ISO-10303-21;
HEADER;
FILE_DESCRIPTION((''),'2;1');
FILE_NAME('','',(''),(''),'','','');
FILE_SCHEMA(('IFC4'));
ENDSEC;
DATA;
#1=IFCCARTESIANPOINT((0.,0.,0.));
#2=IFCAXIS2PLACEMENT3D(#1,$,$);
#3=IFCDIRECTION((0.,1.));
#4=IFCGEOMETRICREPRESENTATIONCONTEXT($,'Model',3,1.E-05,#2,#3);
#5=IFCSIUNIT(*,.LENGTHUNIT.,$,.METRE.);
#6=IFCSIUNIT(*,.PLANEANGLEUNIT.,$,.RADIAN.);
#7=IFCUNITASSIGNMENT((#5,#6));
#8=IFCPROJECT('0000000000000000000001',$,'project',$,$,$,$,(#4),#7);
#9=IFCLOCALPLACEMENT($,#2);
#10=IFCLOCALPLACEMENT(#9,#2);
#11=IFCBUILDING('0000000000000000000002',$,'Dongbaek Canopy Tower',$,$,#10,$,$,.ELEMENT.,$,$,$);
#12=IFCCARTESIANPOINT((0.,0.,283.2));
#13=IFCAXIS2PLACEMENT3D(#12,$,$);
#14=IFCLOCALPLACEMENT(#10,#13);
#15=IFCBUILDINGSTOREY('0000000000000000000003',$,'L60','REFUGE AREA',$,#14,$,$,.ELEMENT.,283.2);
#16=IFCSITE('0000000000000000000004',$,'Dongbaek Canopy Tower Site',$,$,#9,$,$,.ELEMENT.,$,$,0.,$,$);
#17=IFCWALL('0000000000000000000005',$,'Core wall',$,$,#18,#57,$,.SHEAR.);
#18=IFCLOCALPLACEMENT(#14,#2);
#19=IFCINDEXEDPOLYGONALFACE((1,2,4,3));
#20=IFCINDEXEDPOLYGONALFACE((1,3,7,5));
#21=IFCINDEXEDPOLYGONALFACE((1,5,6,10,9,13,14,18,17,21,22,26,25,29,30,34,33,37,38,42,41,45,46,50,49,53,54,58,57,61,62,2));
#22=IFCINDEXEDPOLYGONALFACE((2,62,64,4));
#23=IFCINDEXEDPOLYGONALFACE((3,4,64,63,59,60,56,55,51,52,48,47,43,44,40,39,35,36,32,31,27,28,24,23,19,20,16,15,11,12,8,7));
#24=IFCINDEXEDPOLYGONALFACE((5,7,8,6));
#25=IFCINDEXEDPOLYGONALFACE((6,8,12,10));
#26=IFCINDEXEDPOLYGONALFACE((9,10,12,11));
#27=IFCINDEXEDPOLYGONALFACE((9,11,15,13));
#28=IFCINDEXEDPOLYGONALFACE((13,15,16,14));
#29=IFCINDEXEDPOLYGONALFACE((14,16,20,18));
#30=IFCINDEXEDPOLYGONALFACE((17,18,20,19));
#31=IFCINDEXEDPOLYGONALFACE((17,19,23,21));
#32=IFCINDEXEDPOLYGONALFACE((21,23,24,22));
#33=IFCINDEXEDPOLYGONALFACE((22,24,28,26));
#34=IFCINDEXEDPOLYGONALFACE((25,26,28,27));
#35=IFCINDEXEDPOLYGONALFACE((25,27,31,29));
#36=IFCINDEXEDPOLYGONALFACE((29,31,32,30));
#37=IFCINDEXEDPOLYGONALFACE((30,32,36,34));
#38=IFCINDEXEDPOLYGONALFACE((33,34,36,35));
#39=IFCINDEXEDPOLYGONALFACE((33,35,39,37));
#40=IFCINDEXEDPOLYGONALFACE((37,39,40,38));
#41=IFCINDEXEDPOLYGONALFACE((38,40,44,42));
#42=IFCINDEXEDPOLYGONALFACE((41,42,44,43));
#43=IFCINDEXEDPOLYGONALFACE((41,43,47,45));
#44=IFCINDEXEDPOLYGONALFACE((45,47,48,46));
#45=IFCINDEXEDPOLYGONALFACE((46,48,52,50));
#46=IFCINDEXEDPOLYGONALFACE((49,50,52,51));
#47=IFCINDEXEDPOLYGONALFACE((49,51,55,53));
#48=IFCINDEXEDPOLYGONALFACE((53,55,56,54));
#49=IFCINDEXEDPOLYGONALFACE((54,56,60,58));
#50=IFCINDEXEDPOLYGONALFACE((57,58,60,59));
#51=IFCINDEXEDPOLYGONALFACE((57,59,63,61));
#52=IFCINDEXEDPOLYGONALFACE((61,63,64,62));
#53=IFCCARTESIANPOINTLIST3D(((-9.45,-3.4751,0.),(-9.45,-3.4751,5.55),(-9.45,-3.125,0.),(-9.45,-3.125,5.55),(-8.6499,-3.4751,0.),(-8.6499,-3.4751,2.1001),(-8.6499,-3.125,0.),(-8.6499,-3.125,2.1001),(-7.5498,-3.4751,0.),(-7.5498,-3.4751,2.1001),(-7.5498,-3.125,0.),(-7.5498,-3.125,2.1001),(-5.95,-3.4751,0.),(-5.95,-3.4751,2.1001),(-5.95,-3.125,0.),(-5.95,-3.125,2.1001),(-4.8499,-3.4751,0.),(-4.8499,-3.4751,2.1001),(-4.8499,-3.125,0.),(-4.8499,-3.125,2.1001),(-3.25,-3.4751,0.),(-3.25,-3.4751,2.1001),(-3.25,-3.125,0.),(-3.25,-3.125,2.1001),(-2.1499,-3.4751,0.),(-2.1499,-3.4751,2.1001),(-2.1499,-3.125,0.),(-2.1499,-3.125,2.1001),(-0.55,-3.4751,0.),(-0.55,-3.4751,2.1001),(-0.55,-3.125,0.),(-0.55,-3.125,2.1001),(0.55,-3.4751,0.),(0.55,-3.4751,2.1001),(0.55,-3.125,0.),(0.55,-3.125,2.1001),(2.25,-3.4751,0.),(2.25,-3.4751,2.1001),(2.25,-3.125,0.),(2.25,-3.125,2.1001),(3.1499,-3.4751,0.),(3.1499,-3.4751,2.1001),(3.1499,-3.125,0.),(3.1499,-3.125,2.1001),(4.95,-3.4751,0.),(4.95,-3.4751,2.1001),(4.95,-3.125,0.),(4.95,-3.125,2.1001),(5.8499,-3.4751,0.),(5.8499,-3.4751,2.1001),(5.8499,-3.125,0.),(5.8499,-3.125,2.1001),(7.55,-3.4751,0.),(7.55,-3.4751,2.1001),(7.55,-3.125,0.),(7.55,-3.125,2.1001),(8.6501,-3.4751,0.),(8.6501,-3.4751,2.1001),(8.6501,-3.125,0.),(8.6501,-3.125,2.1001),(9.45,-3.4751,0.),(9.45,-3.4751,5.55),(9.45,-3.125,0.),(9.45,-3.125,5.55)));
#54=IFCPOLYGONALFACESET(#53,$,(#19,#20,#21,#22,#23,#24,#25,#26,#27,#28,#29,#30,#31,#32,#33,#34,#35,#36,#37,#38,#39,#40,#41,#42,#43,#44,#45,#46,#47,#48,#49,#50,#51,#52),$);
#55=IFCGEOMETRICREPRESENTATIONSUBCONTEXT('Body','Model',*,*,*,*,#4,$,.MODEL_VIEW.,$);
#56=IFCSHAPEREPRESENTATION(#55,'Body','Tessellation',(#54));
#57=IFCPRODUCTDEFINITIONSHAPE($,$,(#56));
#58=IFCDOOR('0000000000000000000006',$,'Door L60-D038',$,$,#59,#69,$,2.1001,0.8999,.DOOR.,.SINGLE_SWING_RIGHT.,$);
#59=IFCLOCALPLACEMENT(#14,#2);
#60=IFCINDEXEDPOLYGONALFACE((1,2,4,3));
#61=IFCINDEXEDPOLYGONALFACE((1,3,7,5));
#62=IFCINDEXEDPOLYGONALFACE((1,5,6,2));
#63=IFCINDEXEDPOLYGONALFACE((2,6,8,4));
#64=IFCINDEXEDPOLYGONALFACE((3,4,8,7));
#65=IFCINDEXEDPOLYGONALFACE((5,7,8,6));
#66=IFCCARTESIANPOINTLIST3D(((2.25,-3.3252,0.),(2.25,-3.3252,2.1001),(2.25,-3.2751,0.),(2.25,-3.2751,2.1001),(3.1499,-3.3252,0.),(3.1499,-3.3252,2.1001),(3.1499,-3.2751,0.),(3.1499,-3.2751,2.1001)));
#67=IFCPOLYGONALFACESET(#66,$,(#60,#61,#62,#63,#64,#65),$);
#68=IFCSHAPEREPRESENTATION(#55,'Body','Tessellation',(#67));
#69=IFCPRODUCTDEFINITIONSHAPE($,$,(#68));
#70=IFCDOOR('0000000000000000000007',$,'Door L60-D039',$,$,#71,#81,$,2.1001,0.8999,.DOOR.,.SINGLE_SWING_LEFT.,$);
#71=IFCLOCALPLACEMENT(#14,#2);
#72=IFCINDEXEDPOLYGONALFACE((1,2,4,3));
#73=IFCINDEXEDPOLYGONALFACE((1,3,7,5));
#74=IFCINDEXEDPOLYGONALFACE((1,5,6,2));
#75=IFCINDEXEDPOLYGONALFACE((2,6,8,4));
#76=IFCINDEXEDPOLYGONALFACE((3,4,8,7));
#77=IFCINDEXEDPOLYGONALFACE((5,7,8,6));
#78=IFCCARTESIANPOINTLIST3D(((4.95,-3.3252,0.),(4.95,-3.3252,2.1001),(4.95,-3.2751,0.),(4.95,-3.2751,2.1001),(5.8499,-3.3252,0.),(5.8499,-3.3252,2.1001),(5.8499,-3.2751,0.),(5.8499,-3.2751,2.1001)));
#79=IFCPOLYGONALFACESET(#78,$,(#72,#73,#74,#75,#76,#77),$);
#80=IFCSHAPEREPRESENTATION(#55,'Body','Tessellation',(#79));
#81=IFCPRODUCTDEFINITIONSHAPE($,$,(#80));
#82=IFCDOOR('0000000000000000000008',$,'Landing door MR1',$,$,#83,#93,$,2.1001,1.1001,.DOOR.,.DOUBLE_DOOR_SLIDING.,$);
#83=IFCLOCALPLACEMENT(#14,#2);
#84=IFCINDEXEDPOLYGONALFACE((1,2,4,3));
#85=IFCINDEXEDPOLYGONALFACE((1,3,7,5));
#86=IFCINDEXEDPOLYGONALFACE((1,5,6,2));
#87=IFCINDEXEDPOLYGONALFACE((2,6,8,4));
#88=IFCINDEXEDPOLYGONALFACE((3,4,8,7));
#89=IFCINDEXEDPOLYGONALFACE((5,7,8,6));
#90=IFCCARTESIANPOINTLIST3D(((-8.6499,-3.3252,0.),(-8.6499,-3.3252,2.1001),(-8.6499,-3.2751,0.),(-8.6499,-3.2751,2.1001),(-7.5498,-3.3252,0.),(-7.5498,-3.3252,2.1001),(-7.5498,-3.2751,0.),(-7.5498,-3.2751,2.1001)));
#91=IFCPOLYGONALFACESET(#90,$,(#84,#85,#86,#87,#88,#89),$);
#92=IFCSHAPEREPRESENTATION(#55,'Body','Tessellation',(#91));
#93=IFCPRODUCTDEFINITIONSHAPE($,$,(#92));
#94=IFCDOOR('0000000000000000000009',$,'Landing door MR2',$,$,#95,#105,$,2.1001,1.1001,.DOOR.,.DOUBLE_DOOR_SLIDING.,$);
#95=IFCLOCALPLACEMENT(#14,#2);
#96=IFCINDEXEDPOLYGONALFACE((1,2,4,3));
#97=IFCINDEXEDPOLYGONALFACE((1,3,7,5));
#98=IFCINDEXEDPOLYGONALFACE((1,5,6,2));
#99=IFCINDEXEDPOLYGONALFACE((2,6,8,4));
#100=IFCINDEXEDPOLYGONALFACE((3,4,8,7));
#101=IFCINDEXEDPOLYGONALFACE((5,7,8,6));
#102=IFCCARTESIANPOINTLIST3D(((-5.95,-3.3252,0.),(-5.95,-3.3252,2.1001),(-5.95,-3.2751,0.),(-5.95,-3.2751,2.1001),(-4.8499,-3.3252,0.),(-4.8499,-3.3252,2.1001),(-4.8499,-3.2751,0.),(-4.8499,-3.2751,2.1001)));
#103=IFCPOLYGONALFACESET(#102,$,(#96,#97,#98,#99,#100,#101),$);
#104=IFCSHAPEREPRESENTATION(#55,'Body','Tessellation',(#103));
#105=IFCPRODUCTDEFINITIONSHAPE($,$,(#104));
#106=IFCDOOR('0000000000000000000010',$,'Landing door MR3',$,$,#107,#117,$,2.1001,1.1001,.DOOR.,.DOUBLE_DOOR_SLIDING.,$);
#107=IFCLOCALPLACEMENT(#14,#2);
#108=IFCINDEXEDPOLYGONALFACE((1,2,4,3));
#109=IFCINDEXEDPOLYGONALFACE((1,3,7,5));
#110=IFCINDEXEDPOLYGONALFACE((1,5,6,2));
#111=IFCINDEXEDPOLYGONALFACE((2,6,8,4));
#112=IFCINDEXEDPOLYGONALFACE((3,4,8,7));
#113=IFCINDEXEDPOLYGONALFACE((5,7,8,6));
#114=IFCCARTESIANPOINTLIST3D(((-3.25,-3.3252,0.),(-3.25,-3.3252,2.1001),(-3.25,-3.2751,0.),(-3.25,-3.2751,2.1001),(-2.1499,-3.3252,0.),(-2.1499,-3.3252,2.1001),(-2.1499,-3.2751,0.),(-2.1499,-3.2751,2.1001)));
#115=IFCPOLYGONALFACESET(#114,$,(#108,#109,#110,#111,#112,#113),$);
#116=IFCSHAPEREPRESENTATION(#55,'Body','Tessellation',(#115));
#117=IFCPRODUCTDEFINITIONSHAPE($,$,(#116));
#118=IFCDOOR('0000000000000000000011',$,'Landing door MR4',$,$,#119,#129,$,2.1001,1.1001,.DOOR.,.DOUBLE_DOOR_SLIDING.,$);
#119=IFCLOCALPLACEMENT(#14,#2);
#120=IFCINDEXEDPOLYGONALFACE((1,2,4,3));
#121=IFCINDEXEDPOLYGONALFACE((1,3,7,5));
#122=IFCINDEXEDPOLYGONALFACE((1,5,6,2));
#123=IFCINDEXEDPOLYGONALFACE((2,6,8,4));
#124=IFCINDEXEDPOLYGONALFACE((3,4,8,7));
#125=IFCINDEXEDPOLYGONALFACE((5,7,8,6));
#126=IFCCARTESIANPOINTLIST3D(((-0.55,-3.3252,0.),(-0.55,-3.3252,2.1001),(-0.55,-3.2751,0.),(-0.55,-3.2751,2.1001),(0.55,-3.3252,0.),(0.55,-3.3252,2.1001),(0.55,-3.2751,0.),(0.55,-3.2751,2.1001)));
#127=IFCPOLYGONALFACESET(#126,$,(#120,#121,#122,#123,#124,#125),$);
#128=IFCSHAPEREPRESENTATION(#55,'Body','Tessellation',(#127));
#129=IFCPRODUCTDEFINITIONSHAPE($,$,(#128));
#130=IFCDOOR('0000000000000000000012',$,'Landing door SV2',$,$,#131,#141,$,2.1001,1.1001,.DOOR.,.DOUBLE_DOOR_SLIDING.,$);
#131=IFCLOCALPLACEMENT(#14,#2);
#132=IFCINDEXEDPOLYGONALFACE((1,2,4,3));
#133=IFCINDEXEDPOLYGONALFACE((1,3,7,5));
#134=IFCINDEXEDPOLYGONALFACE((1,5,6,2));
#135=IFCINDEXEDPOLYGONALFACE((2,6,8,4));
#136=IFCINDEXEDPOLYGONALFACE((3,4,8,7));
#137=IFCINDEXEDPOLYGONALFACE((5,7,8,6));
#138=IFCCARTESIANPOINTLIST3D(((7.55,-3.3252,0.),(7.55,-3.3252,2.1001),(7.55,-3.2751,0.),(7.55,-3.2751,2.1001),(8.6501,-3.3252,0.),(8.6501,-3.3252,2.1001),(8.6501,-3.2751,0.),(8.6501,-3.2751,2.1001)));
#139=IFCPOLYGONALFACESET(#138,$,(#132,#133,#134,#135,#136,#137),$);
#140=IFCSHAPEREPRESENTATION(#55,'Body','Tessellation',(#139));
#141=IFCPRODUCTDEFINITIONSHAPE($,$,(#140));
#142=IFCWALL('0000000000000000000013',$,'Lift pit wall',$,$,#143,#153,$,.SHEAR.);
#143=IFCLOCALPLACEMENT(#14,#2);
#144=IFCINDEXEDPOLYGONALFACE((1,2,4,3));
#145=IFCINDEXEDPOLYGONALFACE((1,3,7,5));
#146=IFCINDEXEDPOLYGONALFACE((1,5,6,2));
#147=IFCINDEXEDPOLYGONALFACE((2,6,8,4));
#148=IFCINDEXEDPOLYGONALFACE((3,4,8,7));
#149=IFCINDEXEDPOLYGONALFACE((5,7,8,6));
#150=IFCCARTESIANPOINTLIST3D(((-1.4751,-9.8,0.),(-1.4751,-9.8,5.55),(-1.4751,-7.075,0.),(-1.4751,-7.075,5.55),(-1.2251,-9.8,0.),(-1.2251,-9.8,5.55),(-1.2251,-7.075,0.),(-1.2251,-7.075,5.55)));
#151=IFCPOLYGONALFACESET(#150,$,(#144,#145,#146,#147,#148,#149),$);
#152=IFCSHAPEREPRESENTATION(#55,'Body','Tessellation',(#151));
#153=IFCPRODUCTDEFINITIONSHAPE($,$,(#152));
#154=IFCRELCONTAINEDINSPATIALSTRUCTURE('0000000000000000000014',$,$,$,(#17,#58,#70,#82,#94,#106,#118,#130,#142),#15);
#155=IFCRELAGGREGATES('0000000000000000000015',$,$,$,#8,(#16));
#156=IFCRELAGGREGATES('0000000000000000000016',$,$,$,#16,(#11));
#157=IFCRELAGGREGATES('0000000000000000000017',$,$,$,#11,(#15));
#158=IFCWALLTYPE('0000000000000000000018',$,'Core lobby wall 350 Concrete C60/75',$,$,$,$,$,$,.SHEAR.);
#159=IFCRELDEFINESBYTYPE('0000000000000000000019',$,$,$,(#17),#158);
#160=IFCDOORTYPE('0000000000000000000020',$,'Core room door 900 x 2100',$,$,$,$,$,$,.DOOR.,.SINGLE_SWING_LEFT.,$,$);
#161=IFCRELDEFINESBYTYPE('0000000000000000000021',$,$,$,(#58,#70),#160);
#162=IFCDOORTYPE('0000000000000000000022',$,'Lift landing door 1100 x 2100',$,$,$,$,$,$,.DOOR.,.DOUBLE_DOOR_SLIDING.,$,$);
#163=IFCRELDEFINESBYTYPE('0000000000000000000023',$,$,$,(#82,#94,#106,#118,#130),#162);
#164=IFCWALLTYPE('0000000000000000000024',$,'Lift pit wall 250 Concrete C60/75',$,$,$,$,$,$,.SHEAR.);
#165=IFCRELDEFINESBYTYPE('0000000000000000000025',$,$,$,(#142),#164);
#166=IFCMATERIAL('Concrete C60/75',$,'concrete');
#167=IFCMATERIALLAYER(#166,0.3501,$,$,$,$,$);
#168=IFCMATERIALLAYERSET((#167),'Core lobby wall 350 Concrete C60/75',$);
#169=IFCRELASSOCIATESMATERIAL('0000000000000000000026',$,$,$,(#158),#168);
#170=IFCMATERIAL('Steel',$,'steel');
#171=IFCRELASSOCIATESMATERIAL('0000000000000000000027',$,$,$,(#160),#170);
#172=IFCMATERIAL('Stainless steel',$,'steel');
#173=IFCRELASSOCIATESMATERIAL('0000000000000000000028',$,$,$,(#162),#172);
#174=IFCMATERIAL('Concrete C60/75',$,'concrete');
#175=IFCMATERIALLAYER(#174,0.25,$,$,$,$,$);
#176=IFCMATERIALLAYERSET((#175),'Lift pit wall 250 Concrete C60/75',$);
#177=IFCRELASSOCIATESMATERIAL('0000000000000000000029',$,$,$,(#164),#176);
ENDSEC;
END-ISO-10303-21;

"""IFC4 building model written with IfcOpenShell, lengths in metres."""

from ifc_helpers import new_model, si_unit, direction, frame, frame_2d, origin, place, context, subcontext, project, spatial, rectangle, extrude, material, layer, layer_set, type_object, element, fill, save


model = new_model("IFC4")

# Units and contexts
model_context = context("Model", 3, precision=1e-05, world=origin(), true_north=direction((0.0, 1.0)))
body_context = subcontext(model_context, "Body", "Model", "MODEL_VIEW")
ifc_project = project(units=[si_unit("LENGTHUNIT", "METRE"), si_unit("PLANEANGLEUNIT", "RADIAN")], contexts=[model_context])

# Site, building, storey
site_placement = place(None, origin())
site = spatial("IfcSite", under=ifc_project, at=site_placement, Name="Dongbaek Canopy Tower Site", CompositionType="ELEMENT", RefElevation=0.0)
building_placement = place(site_placement, origin())
building = spatial("IfcBuilding", under=site, at=building_placement, Name="Dongbaek Canopy Tower", CompositionType="ELEMENT")
storey_placement = place(building_placement, frame((0.0, 0.0, 283.2)))
storey = spatial("IfcBuildingStorey", under=building, at=storey_placement, Name="L60", Description="REFUGE AREA", CompositionType="ELEMENT", Elevation=283.2)

# Wall, openings, doors
ifc_material_1 = material(Name="Concrete C60/75", Category="concrete")
ifc_layer_1 = layer(ifc_material_1, 0.3501)
ifc_layer_set_1 = layer_set([ifc_layer_1], Name="Core lobby wall 350 Concrete C60/75")
wall_type_1 = type_object("IfcWallType", Name="Core lobby wall 350 Concrete C60/75", PredefinedType="SHEAR", material=ifc_layer_set_1)
wall_1_placement = place(storey_placement, frame((-9.45, -3.3, 0.0), z_axis=(0.0, 0.0, 1.0), x_axis=(1.0, 0.0, 0.0)))
wall_1 = element("IfcWall", 1, at=wall_1_placement, inside=storey, type_object=wall_type_1, Name="Core wall", PredefinedType="SHEAR", context=body_context, shape_type="SweptSolid", body=[
    extrude(rectangle(XDim=18.8999, YDim=0.3501, at=frame_2d((9.45, 0.0))), origin(), (0.0, 0.0, 1.0), 5.55),
])
opening_1_placement = place(wall_1_placement, frame((0.8, 0.0, 0.0)))
opening_1 = element("IfcOpeningElement", 2, at=opening_1_placement, cuts=wall_1, PredefinedType="OPENING", context=body_context, shape_type="SweptSolid", body=[
    extrude(rectangle(XDim=1.1001, YDim=2.1001, at=frame_2d((0.55, 1.05))), frame((0.0, 0.1851, 0.0), z_axis=(0.0, -1.0, 0.0), x_axis=(1.0, 0.0, 0.0)), (0.0, 0.0, 1.0), 0.3701),
])
opening_2_placement = place(wall_1_placement, frame((3.5, 0.0, 0.0)))
opening_2 = element("IfcOpeningElement", 3, at=opening_2_placement, cuts=wall_1, PredefinedType="OPENING", context=body_context, shape_type="SweptSolid", body=[
    extrude(rectangle(XDim=1.1001, YDim=2.1001, at=frame_2d((0.55, 1.05))), frame((0.0, 0.1851, 0.0), z_axis=(0.0, -1.0, 0.0), x_axis=(1.0, 0.0, 0.0)), (0.0, 0.0, 1.0), 0.3701),
])
opening_3_placement = place(wall_1_placement, frame((6.2, 0.0, 0.0)))
opening_3 = element("IfcOpeningElement", 4, at=opening_3_placement, cuts=wall_1, PredefinedType="OPENING", context=body_context, shape_type="SweptSolid", body=[
    extrude(rectangle(XDim=1.1001, YDim=2.1001, at=frame_2d((0.55, 1.05))), frame((0.0, 0.1851, 0.0), z_axis=(0.0, -1.0, 0.0), x_axis=(1.0, 0.0, 0.0)), (0.0, 0.0, 1.0), 0.3701),
])
opening_4_placement = place(wall_1_placement, frame((8.8999, 0.0, 0.0)))
opening_4 = element("IfcOpeningElement", 5, at=opening_4_placement, cuts=wall_1, PredefinedType="OPENING", context=body_context, shape_type="SweptSolid", body=[
    extrude(rectangle(XDim=1.1001, YDim=2.1001, at=frame_2d((0.55, 1.05))), frame((0.0, 0.1851, 0.0), z_axis=(0.0, -1.0, 0.0), x_axis=(1.0, 0.0, 0.0)), (0.0, 0.0, 1.0), 0.3701),
])
opening_5_placement = place(wall_1_placement, frame((17.0, 0.0, 0.0)))
opening_5 = element("IfcOpeningElement", 6, at=opening_5_placement, cuts=wall_1, PredefinedType="OPENING", context=body_context, shape_type="SweptSolid", body=[
    extrude(rectangle(XDim=1.1001, YDim=2.1001, at=frame_2d((0.55, 1.05))), frame((0.0, 0.1851, 0.0), z_axis=(0.0, -1.0, 0.0), x_axis=(1.0, 0.0, 0.0)), (0.0, 0.0, 1.0), 0.3701),
])
opening_6_placement = place(wall_1_placement, frame((11.7, 0.0, 0.0)))
opening_6 = element("IfcOpeningElement", 7, at=opening_6_placement, cuts=wall_1, PredefinedType="OPENING", context=body_context, shape_type="SweptSolid", body=[
    extrude(rectangle(XDim=0.8999, YDim=2.1001, at=frame_2d((0.45, 1.05))), frame((0.0, 0.1851, 0.0), z_axis=(0.0, -1.0, 0.0), x_axis=(1.0, 0.0, 0.0)), (0.0, 0.0, 1.0), 0.3701),
])
opening_7_placement = place(wall_1_placement, frame((14.3999, 0.0, 0.0)))
opening_7 = element("IfcOpeningElement", 8, at=opening_7_placement, cuts=wall_1, PredefinedType="OPENING", context=body_context, shape_type="SweptSolid", body=[
    extrude(rectangle(XDim=0.8999, YDim=2.1001, at=frame_2d((0.45, 1.05))), frame((0.0, 0.1851, 0.0), z_axis=(0.0, -1.0, 0.0), x_axis=(1.0, 0.0, 0.0)), (0.0, 0.0, 1.0), 0.3701),
])
ifc_material_2 = material(Name="Steel", Category="steel")
door_type_1 = type_object("IfcDoorType", Name="Core room door 900 x 2100", OperationType="SINGLE_SWING_LEFT", PredefinedType="DOOR", material=ifc_material_2)
door_1_placement = place(opening_6_placement, origin())
door_1 = element("IfcDoor", 9, at=door_1_placement, inside=storey, type_object=door_type_1, Name="Door L60-D038", OperationType="SINGLE_SWING_RIGHT", OverallHeight=2.1001, OverallWidth=0.8999, PredefinedType="DOOR", context=body_context, shape_type="SweptSolid", body=[
    extrude(rectangle(XDim=0.8999, YDim=2.1001, at=frame_2d((0.45, 1.05))), frame((0.0, 0.0249, 0.0), z_axis=(0.0, -1.0, 0.0), x_axis=(1.0, 0.0, 0.0)), (0.0, 0.0, 1.0), 0.05),
])
fill(opening_6, door_1)
door_2_placement = place(opening_7_placement, origin())
door_2 = element("IfcDoor", 10, at=door_2_placement, inside=storey, type_object=door_type_1, Name="Door L60-D039", OperationType="SINGLE_SWING_LEFT", OverallHeight=2.1001, OverallWidth=0.8999, PredefinedType="DOOR", context=body_context, shape_type="SweptSolid", body=[
    extrude(rectangle(XDim=0.8999, YDim=2.1001, at=frame_2d((0.45, 1.05))), frame((0.0, 0.0249, 0.0), z_axis=(0.0, -1.0, 0.0), x_axis=(1.0, 0.0, 0.0)), (0.0, 0.0, 1.0), 0.05),
])
fill(opening_7, door_2)
ifc_material_3 = material(Name="Stainless steel", Category="steel")
door_type_2 = type_object("IfcDoorType", Name="Lift landing door 1100 x 2100", OperationType="DOUBLE_DOOR_SLIDING", PredefinedType="DOOR", material=ifc_material_3)
door_3_placement = place(opening_1_placement, origin())
door_3 = element("IfcDoor", 11, at=door_3_placement, inside=storey, type_object=door_type_2, Name="Landing door MR1", OperationType="DOUBLE_DOOR_SLIDING", OverallHeight=2.1001, OverallWidth=1.1001, PredefinedType="DOOR", context=body_context, shape_type="SweptSolid", body=[
    extrude(rectangle(XDim=1.1001, YDim=2.1001, at=frame_2d((0.55, 1.05))), frame((0.0, 0.0249, 0.0), z_axis=(0.0, -1.0, 0.0), x_axis=(1.0, 0.0, 0.0)), (0.0, 0.0, 1.0), 0.05),
])
fill(opening_1, door_3)
door_4_placement = place(opening_2_placement, origin())
door_4 = element("IfcDoor", 12, at=door_4_placement, inside=storey, type_object=door_type_2, Name="Landing door MR2", OperationType="DOUBLE_DOOR_SLIDING", OverallHeight=2.1001, OverallWidth=1.1001, PredefinedType="DOOR", context=body_context, shape_type="SweptSolid", body=[
    extrude(rectangle(XDim=1.1001, YDim=2.1001, at=frame_2d((0.55, 1.05))), frame((0.0, 0.0249, 0.0), z_axis=(0.0, -1.0, 0.0), x_axis=(1.0, 0.0, 0.0)), (0.0, 0.0, 1.0), 0.05),
])
fill(opening_2, door_4)
door_5_placement = place(opening_3_placement, origin())
door_5 = element("IfcDoor", 13, at=door_5_placement, inside=storey, type_object=door_type_2, Name="Landing door MR3", OperationType="DOUBLE_DOOR_SLIDING", OverallHeight=2.1001, OverallWidth=1.1001, PredefinedType="DOOR", context=body_context, shape_type="SweptSolid", body=[
    extrude(rectangle(XDim=1.1001, YDim=2.1001, at=frame_2d((0.55, 1.05))), frame((0.0, 0.0249, 0.0), z_axis=(0.0, -1.0, 0.0), x_axis=(1.0, 0.0, 0.0)), (0.0, 0.0, 1.0), 0.05),
])
fill(opening_3, door_5)
door_6_placement = place(opening_4_placement, origin())
door_6 = element("IfcDoor", 14, at=door_6_placement, inside=storey, type_object=door_type_2, Name="Landing door MR4", OperationType="DOUBLE_DOOR_SLIDING", OverallHeight=2.1001, OverallWidth=1.1001, PredefinedType="DOOR", context=body_context, shape_type="SweptSolid", body=[
    extrude(rectangle(XDim=1.1001, YDim=2.1001, at=frame_2d((0.55, 1.05))), frame((0.0, 0.0249, 0.0), z_axis=(0.0, -1.0, 0.0), x_axis=(1.0, 0.0, 0.0)), (0.0, 0.0, 1.0), 0.05),
])
fill(opening_4, door_6)
door_7_placement = place(opening_5_placement, origin())
door_7 = element("IfcDoor", 15, at=door_7_placement, inside=storey, type_object=door_type_2, Name="Landing door SV2", OperationType="DOUBLE_DOOR_SLIDING", OverallHeight=2.1001, OverallWidth=1.1001, PredefinedType="DOOR", context=body_context, shape_type="SweptSolid", body=[
    extrude(rectangle(XDim=1.1001, YDim=2.1001, at=frame_2d((0.55, 1.05))), frame((0.0, 0.0249, 0.0), z_axis=(0.0, -1.0, 0.0), x_axis=(1.0, 0.0, 0.0)), (0.0, 0.0, 1.0), 0.05),
])
fill(opening_5, door_7)

# Wall
ifc_material_4 = material(Name="Concrete C60/75", Category="concrete")
ifc_layer_2 = layer(ifc_material_4, 0.25)
ifc_layer_set_2 = layer_set([ifc_layer_2], Name="Lift pit wall 250 Concrete C60/75")
wall_type_2 = type_object("IfcWallType", Name="Lift pit wall 250 Concrete C60/75", PredefinedType="SHEAR", material=ifc_layer_set_2)
wall_2_placement = place(storey_placement, frame((-1.3501, -9.8, 0.0), z_axis=(0.0, 0.0, 1.0), x_axis=(0.0, 1.0, 0.0)))
element("IfcWall", 16, at=wall_2_placement, inside=storey, type_object=wall_type_2, Name="Lift pit wall", PredefinedType="SHEAR", context=body_context, shape_type="SweptSolid", body=[
    extrude(rectangle(XDim=2.7251, YDim=0.25, at=frame_2d((1.3625, 0.0))), origin(), (0.0, 0.0, 1.0), 5.55),
])

save(model, "model.ifc")
